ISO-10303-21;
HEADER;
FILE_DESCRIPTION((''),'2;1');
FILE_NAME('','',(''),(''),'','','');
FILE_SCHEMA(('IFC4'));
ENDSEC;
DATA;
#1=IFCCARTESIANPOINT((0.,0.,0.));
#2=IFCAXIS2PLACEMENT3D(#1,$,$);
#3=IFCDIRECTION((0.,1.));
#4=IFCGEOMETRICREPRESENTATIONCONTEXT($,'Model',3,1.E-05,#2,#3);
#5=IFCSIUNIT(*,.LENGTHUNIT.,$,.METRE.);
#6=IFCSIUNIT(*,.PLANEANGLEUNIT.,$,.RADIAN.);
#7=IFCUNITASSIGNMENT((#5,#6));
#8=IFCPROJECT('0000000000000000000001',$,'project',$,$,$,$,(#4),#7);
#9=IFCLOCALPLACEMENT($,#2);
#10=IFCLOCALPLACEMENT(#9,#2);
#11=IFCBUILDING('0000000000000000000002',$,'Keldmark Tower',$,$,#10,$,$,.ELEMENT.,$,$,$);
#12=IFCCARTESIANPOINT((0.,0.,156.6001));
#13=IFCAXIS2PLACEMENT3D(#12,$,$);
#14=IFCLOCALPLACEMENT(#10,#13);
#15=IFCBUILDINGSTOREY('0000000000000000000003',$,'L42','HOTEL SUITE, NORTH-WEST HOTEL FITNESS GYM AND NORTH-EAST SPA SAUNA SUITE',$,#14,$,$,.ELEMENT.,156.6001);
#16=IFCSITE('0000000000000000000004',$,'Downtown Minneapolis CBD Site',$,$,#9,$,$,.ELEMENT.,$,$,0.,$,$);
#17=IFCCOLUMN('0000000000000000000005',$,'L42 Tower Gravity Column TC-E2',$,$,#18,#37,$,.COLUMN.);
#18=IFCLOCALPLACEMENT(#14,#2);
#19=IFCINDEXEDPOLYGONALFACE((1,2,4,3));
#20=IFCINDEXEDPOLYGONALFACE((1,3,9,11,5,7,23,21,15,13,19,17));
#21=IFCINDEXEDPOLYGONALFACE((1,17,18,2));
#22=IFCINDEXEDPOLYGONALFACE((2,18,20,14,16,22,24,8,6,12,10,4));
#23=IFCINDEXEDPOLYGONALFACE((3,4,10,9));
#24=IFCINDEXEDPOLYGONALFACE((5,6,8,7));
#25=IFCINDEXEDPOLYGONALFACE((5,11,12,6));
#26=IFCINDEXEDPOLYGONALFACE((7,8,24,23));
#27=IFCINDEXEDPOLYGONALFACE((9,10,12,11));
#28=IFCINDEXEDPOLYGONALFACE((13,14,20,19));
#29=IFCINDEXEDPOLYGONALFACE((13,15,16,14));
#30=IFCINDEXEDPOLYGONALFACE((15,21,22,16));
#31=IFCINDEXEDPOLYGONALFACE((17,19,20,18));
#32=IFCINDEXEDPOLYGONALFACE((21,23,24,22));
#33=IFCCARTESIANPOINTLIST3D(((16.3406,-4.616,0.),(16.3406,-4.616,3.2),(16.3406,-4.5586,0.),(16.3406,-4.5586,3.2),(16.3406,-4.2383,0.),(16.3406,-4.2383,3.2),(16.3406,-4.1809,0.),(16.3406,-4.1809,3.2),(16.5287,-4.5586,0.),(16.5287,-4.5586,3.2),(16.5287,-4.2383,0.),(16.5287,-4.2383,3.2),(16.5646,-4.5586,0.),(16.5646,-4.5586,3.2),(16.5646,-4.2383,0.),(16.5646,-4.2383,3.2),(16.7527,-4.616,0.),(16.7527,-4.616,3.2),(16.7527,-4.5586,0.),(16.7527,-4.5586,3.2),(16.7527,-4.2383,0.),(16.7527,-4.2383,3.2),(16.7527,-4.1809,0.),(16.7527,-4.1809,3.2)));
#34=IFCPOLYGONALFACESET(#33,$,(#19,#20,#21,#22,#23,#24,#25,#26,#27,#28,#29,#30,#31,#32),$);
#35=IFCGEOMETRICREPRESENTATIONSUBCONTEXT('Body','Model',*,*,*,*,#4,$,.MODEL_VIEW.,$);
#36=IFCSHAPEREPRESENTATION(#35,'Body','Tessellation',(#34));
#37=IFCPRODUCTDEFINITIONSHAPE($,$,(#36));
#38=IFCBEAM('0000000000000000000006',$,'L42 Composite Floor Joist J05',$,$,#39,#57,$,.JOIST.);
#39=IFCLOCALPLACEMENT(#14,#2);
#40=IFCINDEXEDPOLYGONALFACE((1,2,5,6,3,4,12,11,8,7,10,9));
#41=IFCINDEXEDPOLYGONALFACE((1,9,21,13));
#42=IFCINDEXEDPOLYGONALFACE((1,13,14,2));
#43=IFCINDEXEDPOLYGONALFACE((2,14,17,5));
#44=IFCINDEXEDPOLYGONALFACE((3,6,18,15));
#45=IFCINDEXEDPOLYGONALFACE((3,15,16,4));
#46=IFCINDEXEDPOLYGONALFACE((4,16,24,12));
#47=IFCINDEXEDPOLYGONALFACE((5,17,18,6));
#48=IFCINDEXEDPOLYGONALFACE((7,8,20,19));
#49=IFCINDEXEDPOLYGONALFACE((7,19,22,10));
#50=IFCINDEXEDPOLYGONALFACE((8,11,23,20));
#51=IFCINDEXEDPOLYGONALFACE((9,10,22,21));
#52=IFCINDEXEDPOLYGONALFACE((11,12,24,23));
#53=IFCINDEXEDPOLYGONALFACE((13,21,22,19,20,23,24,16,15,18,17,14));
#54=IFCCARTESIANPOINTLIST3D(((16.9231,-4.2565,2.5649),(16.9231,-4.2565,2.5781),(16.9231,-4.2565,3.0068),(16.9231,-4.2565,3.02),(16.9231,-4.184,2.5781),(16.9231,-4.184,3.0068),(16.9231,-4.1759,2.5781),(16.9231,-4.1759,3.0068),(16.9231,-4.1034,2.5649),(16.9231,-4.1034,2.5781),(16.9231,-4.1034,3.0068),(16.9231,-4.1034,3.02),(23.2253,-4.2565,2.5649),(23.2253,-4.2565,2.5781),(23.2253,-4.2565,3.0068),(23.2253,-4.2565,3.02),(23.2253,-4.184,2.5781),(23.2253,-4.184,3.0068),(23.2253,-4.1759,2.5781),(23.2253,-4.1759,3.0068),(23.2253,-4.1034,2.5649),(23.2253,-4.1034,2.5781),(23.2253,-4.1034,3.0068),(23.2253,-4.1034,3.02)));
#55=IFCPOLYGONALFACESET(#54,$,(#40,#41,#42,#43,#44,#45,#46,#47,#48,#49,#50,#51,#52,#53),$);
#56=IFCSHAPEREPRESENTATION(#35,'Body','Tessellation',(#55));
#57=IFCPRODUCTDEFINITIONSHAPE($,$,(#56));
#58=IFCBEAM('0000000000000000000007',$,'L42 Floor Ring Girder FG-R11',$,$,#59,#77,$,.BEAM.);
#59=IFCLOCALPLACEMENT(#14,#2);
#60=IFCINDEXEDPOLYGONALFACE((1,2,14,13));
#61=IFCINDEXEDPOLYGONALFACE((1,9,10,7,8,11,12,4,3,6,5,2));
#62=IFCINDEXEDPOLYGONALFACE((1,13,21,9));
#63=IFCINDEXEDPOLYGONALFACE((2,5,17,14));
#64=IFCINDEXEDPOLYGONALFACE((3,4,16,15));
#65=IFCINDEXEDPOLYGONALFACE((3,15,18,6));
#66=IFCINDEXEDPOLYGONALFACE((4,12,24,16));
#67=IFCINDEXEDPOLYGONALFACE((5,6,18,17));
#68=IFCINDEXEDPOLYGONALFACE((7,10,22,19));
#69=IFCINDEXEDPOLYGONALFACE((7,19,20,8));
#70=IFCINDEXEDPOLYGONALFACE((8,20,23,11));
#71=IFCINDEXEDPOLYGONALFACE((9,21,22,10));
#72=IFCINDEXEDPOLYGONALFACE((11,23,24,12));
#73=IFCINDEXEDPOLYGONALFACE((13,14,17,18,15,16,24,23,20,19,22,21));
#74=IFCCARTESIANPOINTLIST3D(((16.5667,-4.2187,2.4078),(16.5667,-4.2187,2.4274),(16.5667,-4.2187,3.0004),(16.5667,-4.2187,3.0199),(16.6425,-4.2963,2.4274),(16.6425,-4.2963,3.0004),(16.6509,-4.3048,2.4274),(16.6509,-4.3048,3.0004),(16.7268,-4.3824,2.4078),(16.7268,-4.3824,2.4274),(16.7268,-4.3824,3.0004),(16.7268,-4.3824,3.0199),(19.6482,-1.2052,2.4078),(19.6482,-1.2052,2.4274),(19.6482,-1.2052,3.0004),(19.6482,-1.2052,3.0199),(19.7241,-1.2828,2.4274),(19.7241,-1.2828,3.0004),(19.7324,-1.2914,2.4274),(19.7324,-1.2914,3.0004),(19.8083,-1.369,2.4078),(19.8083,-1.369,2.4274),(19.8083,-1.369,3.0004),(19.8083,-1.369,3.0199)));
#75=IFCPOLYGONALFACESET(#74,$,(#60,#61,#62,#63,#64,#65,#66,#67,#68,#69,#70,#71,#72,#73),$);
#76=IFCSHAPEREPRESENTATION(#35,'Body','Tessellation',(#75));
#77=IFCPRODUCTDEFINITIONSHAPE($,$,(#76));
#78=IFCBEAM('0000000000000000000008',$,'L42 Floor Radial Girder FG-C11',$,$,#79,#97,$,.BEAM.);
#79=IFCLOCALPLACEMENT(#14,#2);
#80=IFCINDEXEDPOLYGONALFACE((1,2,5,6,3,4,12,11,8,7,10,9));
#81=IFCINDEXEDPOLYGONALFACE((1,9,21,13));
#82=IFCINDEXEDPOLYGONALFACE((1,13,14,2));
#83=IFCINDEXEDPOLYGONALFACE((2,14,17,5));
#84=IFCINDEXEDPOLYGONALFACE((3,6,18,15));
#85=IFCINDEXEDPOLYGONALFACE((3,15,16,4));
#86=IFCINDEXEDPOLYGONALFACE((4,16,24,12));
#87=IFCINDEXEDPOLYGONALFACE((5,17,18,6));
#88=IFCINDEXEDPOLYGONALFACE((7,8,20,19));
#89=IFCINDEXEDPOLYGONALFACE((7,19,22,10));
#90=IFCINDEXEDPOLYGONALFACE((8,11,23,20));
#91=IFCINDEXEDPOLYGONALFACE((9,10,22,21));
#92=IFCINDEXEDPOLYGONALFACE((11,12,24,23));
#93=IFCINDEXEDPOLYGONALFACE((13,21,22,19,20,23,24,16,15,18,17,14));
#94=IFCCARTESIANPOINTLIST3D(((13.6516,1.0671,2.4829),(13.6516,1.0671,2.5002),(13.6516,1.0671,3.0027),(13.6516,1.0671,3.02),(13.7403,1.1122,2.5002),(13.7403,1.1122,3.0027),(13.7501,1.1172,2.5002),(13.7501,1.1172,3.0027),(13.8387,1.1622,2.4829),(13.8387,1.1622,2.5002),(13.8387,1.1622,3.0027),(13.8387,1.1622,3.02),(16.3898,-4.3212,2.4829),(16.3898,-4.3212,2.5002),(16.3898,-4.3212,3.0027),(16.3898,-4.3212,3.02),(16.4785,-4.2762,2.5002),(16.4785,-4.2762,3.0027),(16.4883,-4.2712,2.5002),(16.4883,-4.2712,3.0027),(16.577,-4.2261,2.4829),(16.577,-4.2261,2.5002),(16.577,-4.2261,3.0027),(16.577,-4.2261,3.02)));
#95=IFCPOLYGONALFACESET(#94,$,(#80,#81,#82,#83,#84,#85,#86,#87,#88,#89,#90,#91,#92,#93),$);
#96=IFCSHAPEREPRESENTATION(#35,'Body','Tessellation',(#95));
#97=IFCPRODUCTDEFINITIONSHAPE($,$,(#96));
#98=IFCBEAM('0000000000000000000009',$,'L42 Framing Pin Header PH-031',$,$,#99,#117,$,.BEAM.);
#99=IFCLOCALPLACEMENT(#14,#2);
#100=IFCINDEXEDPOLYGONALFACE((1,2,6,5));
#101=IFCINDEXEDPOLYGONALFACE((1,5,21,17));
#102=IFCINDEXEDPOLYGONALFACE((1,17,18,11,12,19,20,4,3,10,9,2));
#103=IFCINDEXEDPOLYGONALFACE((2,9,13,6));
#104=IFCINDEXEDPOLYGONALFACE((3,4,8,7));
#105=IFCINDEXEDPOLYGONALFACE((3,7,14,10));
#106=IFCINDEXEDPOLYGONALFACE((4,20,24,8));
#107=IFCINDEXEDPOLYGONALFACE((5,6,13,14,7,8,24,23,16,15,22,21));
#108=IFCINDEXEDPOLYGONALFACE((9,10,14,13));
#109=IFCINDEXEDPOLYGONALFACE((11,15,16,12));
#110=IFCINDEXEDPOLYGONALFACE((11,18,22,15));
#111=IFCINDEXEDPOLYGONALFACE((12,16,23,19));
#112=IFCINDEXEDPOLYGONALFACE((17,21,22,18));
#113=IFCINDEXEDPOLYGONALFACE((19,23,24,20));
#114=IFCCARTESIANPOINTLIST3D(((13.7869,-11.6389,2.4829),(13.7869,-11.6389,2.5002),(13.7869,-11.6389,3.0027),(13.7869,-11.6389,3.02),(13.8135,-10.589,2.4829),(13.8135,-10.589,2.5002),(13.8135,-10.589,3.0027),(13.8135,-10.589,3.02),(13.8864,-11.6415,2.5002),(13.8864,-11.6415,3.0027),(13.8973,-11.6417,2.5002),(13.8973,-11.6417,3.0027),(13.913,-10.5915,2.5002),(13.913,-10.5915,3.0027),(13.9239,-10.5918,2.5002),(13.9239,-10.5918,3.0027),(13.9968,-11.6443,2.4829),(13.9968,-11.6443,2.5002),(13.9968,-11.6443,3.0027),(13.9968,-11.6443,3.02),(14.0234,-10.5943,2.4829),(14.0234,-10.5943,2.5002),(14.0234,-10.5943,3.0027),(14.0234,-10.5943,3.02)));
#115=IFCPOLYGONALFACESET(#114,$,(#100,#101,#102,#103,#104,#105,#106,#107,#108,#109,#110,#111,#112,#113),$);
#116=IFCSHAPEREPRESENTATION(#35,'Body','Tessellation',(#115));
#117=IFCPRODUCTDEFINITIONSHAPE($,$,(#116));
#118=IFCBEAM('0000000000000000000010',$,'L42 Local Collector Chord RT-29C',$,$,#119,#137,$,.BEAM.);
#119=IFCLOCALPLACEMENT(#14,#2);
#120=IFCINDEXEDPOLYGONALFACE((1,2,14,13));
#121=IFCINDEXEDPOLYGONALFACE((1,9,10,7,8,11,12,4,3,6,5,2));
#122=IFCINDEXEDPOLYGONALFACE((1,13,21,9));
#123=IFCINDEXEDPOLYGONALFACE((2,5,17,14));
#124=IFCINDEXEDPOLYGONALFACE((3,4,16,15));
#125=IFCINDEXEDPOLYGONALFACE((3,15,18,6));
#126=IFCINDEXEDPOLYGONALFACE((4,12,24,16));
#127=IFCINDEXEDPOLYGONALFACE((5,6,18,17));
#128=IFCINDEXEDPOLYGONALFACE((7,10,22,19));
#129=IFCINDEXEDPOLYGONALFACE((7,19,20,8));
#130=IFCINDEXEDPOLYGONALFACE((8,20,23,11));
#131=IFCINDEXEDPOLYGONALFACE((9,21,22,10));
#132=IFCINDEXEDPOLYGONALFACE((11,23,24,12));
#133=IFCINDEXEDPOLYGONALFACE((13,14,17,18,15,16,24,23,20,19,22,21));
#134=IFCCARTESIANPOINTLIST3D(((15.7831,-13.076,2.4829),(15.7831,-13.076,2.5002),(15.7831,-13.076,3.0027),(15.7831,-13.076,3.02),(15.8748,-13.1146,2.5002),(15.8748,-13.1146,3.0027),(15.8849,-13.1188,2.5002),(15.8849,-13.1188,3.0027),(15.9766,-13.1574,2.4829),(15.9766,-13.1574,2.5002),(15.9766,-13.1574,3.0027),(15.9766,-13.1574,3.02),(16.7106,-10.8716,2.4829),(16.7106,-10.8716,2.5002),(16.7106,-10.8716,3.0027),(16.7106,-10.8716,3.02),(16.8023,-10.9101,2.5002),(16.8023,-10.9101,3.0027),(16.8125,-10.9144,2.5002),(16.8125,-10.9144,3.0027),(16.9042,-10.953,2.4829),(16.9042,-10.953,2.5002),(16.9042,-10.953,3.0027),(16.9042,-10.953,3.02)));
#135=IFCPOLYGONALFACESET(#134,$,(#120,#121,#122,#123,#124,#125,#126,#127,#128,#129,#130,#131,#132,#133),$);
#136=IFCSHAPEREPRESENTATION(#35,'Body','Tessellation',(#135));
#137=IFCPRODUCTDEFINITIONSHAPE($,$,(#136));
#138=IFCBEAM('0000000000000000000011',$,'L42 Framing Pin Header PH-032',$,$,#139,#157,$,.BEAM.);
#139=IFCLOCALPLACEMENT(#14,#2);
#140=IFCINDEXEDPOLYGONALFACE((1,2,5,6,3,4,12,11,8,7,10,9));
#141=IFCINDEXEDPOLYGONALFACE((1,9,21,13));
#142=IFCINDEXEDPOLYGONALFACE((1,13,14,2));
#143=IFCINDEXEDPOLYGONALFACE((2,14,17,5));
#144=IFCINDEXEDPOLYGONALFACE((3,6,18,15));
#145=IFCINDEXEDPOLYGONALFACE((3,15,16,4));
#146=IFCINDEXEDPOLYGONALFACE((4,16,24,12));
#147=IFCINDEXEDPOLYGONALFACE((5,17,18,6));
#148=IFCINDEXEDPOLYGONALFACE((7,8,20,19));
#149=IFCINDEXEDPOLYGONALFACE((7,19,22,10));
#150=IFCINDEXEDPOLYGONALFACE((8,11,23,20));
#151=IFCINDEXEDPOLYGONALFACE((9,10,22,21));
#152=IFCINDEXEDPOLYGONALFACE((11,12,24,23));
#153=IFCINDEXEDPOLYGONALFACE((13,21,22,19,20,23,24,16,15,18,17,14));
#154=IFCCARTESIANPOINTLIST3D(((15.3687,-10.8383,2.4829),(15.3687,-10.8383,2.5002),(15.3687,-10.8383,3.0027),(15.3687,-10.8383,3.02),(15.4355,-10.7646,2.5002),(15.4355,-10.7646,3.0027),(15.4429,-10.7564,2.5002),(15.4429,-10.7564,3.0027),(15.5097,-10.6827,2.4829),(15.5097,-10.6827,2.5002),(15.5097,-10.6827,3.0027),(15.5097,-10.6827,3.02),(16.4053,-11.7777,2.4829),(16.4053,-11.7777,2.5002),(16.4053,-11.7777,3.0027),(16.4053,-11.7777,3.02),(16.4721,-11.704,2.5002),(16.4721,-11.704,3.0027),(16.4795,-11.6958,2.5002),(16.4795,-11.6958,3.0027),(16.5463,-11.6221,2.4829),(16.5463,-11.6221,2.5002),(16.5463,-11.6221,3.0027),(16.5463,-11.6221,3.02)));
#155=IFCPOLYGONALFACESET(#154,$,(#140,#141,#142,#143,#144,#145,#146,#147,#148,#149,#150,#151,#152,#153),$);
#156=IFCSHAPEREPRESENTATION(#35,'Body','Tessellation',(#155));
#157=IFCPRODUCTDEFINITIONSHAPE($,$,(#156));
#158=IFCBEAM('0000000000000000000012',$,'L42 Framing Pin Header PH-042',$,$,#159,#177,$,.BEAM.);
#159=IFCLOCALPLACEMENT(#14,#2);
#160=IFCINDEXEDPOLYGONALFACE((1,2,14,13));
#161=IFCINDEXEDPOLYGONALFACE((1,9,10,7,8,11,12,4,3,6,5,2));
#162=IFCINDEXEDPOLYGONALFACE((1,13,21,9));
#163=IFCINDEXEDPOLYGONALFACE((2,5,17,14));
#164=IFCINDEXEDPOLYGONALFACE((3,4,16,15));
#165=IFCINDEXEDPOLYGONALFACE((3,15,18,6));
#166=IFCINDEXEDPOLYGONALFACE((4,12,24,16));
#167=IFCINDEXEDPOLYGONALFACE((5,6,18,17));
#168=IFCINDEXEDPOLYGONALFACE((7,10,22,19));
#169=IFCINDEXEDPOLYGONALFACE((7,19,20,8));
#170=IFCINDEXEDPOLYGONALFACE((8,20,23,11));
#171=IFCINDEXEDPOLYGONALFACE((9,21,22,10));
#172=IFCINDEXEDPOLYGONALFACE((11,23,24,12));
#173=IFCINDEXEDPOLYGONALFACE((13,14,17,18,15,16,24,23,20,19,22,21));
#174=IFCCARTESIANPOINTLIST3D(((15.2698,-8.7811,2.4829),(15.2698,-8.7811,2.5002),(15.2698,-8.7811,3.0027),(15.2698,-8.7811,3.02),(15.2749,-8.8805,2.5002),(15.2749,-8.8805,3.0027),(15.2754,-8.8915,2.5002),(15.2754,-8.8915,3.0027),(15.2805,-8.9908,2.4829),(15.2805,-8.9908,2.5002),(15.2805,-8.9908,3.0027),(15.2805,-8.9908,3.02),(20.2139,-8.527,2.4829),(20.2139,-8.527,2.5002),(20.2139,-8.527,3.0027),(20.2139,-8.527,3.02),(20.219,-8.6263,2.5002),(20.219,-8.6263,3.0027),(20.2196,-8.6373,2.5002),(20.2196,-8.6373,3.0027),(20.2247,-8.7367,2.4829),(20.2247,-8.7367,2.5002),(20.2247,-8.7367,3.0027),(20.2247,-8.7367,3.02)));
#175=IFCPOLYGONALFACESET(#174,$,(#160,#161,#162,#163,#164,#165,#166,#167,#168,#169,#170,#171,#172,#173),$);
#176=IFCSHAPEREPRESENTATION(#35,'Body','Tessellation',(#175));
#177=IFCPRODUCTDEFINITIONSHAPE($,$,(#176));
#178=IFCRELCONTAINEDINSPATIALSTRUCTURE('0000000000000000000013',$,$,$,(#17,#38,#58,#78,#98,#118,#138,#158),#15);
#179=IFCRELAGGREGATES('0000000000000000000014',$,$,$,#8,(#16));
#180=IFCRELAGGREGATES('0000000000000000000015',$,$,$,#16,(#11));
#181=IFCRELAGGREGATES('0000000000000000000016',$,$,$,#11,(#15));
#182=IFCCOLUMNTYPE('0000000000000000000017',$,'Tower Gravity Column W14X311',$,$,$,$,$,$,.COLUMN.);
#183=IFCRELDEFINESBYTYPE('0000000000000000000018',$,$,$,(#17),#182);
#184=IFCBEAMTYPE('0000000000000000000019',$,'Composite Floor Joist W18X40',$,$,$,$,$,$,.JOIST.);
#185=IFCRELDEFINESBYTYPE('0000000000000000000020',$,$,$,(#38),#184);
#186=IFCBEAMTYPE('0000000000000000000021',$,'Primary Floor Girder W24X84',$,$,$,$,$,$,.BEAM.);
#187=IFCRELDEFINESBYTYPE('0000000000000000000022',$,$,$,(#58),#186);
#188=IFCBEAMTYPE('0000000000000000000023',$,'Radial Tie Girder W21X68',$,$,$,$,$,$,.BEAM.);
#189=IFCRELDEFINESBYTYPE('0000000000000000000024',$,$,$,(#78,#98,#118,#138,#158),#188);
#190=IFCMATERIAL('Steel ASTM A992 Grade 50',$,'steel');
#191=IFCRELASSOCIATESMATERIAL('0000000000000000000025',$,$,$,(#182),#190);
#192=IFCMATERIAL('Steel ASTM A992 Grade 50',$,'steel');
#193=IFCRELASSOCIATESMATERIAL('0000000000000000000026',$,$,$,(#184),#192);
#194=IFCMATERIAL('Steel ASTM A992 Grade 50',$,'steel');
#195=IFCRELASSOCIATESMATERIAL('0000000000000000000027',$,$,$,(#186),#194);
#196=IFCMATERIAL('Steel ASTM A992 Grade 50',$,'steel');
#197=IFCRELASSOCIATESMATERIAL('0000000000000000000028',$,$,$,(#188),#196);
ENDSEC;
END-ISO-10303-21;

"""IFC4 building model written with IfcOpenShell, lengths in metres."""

from ifc_helpers import new_model, si_unit, direction, frame, origin, origin_2d, place, context, subcontext, project, spatial, i_section, extrude, material, material_profile, profile_set, type_object, element, save


model = new_model("IFC4")

# Units and contexts
model_context = context("Model", 3, precision=1e-05, world=origin(), true_north=direction((0.0, 1.0)))
body_context = subcontext(model_context, "Body", "Model", "MODEL_VIEW")
ifc_project = project(units=[si_unit("LENGTHUNIT", "METRE"), si_unit("PLANEANGLEUNIT", "RADIAN")], contexts=[model_context])

# Site, building, storey
site_placement = place(None, origin())
site = spatial("IfcSite", under=ifc_project, at=site_placement, Name="Downtown Minneapolis CBD Site", CompositionType="ELEMENT", RefElevation=0.0)
building_placement = place(site_placement, origin())
building = spatial("IfcBuilding", under=site, at=building_placement, Name="Keldmark Tower", CompositionType="ELEMENT")
storey_placement = place(building_placement, frame((0.0, 0.0, 156.6001)))
storey = spatial("IfcBuildingStorey", under=building, at=storey_placement, Name="L42", Description="HOTEL SUITE, NORTH-WEST HOTEL FITNESS GYM AND NORTH-EAST SPA SAUNA SUITE", CompositionType="ELEMENT", Elevation=156.6001)

# Column
ifc_material_1 = material(Name="Steel ASTM A992 Grade 50", Category="steel")
ifc_material_profile_1 = material_profile(ifc_material_1, i_section(OverallWidth=0.4121, OverallDepth=0.4351, WebThickness=0.0359, FlangeThickness=0.0574, at=origin_2d()), Name="W14X311")
ifc_profile_set_1 = profile_set([ifc_material_profile_1], Name="Steel ASTM A992 Grade 50")
column_type = type_object("IfcColumnType", Name="Tower Gravity Column W14X311", PredefinedType="COLUMN", material=ifc_profile_set_1)
column_placement = place(storey_placement, frame((16.5466, -4.3984, 0.0), z_axis=(0.0, 0.0, 1.0), x_axis=(1.0, 0.0, 0.0)))
element("IfcColumn", 1, at=column_placement, inside=storey, type_object=column_type, Name="L42 Tower Gravity Column TC-E2", PredefinedType="COLUMN", context=body_context, shape_type="SweptSolid", body=[
    extrude(i_section(OverallWidth=0.4121, OverallDepth=0.4351, WebThickness=0.0359, FlangeThickness=0.0574, at=origin_2d()), origin(), (0.0, 0.0, 1.0), 3.2),
])

# Beams
ifc_material_2 = material(Name="Steel ASTM A992 Grade 50", Category="steel")
ifc_material_profile_2 = material_profile(ifc_material_2, i_section(OverallWidth=0.1531, OverallDepth=0.4551, WebThickness=0.0081, FlangeThickness=0.0132, at=origin_2d()), Name="W18X40")
ifc_profile_set_2 = profile_set([ifc_material_profile_2], Name="Steel ASTM A992 Grade 50")
beam_type_1 = type_object("IfcBeamType", Name="Composite Floor Joist W18X40", PredefinedType="JOIST", material=ifc_profile_set_2)
beam_1_placement = place(storey_placement, frame((16.9231, -4.1799, 2.7925), z_axis=(1.0, 0.0, 0.0), x_axis=(0.0, 1.0, 0.0)))
element("IfcBeam", 2, at=beam_1_placement, inside=storey, type_object=beam_type_1, Name="L42 Composite Floor Joist J05", PredefinedType="JOIST", context=body_context, shape_type="SweptSolid", body=[
    extrude(i_section(OverallWidth=0.1531, OverallDepth=0.4551, WebThickness=0.0081, FlangeThickness=0.0132, at=origin_2d()), origin(), (0.0, 0.0, 1.0), 6.3022),
])
ifc_material_3 = material(Name="Steel ASTM A992 Grade 50", Category="steel")
ifc_material_profile_3 = material_profile(ifc_material_3, i_section(OverallWidth=0.229, OverallDepth=0.6121, WebThickness=0.012, FlangeThickness=0.0195, at=origin_2d()), Name="W24X84")
ifc_profile_set_3 = profile_set([ifc_material_profile_3], Name="Steel ASTM A992 Grade 50")
beam_type_2 = type_object("IfcBeamType", Name="Primary Floor Girder W24X84", PredefinedType="BEAM", material=ifc_profile_set_3)
beam_2_placement = place(storey_placement, frame((16.6467, -4.3005, 2.7139), z_axis=(0.714965, 0.699161, 0.0), x_axis=(-0.699161, 0.714965, 0.0)))
element("IfcBeam", 3, at=beam_2_placement, inside=storey, type_object=beam_type_2, Name="L42 Floor Ring Girder FG-R11", PredefinedType="BEAM", context=body_context, shape_type="SweptSolid", body=[
    extrude(i_section(OverallWidth=0.229, OverallDepth=0.6121, WebThickness=0.012, FlangeThickness=0.0195, at=origin_2d()), origin(), (0.0, 0.0, 1.0), 4.3101),
])
ifc_material_4 = material(Name="Steel ASTM A992 Grade 50", Category="steel")
ifc_material_profile_4 = material_profile(ifc_material_4, i_section(OverallWidth=0.21, OverallDepth=0.5371, WebThickness=0.011, FlangeThickness=0.0173, at=origin_2d()), Name="W21X68")
ifc_profile_set_4 = profile_set([ifc_material_profile_4], Name="Steel ASTM A992 Grade 50")
beam_type_3 = type_object("IfcBeamType", Name="Radial Tie Girder W21X68", PredefinedType="BEAM", material=ifc_profile_set_4)
beam_3_placement = place(storey_placement, frame((16.4834, -4.2737, 2.7515), z_axis=(-0.453037, 0.891492, 0.0), x_axis=(-0.891492, -0.453037, 0.0)))
element("IfcBeam", 4, at=beam_3_placement, inside=storey, type_object=beam_type_3, Name="L42 Floor Radial Girder FG-C11", PredefinedType="BEAM", context=body_context, shape_type="SweptSolid", body=[
    extrude(i_section(OverallWidth=0.21, OverallDepth=0.5371, WebThickness=0.011, FlangeThickness=0.0173, at=origin_2d()), origin(), (0.0, 0.0, 1.0), 6.0442),
])
beam_4_placement = place(storey_placement, frame((13.8918, -11.6416, 2.7515), z_axis=(0.025335, 0.999679, 0.0), x_axis=(-0.999679, 0.025335, 0.0)))
element("IfcBeam", 5, at=beam_4_placement, inside=storey, type_object=beam_type_3, Name="L42 Framing Pin Header PH-031", PredefinedType="BEAM", context=body_context, shape_type="SweptSolid", body=[
    extrude(i_section(OverallWidth=0.21, OverallDepth=0.5371, WebThickness=0.011, FlangeThickness=0.0173, at=origin_2d()), origin(), (0.0, 0.0, 1.0), 1.0503),
])
beam_5_placement = place(storey_placement, frame((15.8799, -13.1167, 2.7515), z_axis=(0.387824, 0.921733, 0.0), x_axis=(-0.921733, 0.387824, 0.0)))
element("IfcBeam", 6, at=beam_5_placement, inside=storey, type_object=beam_type_3, Name="L42 Local Collector Chord RT-29C", PredefinedType="BEAM", context=body_context, shape_type="SweptSolid", body=[
    extrude(i_section(OverallWidth=0.21, OverallDepth=0.5371, WebThickness=0.011, FlangeThickness=0.0173, at=origin_2d()), origin(), (0.0, 0.0, 1.0), 2.3916),
])
beam_6_placement = place(storey_placement, frame((15.4392, -10.7605, 2.7515), z_axis=(0.740982, -0.671525, 0.0), x_axis=(0.671525, 0.740982, 0.0)))
element("IfcBeam", 7, at=beam_6_placement, inside=storey, type_object=beam_type_3, Name="L42 Framing Pin Header PH-032", PredefinedType="BEAM", context=body_context, shape_type="SweptSolid", body=[
    extrude(i_section(OverallWidth=0.21, OverallDepth=0.5371, WebThickness=0.011, FlangeThickness=0.0173, at=origin_2d()), origin(), (0.0, 0.0, 1.0), 1.3989),
])
beam_7_placement = place(storey_placement, frame((15.2751, -8.886, 2.7515), z_axis=(0.998681, 0.051337, 0.0), x_axis=(-0.051337, 0.998681, 0.0)))
element("IfcBeam", 8, at=beam_7_placement, inside=storey, type_object=beam_type_3, Name="L42 Framing Pin Header PH-042", PredefinedType="BEAM", context=body_context, shape_type="SweptSolid", body=[
    extrude(i_section(OverallWidth=0.21, OverallDepth=0.5371, WebThickness=0.011, FlangeThickness=0.0173, at=origin_2d()), origin(), (0.0, 0.0, 1.0), 4.9507),
])

save(model, "model.ifc")
